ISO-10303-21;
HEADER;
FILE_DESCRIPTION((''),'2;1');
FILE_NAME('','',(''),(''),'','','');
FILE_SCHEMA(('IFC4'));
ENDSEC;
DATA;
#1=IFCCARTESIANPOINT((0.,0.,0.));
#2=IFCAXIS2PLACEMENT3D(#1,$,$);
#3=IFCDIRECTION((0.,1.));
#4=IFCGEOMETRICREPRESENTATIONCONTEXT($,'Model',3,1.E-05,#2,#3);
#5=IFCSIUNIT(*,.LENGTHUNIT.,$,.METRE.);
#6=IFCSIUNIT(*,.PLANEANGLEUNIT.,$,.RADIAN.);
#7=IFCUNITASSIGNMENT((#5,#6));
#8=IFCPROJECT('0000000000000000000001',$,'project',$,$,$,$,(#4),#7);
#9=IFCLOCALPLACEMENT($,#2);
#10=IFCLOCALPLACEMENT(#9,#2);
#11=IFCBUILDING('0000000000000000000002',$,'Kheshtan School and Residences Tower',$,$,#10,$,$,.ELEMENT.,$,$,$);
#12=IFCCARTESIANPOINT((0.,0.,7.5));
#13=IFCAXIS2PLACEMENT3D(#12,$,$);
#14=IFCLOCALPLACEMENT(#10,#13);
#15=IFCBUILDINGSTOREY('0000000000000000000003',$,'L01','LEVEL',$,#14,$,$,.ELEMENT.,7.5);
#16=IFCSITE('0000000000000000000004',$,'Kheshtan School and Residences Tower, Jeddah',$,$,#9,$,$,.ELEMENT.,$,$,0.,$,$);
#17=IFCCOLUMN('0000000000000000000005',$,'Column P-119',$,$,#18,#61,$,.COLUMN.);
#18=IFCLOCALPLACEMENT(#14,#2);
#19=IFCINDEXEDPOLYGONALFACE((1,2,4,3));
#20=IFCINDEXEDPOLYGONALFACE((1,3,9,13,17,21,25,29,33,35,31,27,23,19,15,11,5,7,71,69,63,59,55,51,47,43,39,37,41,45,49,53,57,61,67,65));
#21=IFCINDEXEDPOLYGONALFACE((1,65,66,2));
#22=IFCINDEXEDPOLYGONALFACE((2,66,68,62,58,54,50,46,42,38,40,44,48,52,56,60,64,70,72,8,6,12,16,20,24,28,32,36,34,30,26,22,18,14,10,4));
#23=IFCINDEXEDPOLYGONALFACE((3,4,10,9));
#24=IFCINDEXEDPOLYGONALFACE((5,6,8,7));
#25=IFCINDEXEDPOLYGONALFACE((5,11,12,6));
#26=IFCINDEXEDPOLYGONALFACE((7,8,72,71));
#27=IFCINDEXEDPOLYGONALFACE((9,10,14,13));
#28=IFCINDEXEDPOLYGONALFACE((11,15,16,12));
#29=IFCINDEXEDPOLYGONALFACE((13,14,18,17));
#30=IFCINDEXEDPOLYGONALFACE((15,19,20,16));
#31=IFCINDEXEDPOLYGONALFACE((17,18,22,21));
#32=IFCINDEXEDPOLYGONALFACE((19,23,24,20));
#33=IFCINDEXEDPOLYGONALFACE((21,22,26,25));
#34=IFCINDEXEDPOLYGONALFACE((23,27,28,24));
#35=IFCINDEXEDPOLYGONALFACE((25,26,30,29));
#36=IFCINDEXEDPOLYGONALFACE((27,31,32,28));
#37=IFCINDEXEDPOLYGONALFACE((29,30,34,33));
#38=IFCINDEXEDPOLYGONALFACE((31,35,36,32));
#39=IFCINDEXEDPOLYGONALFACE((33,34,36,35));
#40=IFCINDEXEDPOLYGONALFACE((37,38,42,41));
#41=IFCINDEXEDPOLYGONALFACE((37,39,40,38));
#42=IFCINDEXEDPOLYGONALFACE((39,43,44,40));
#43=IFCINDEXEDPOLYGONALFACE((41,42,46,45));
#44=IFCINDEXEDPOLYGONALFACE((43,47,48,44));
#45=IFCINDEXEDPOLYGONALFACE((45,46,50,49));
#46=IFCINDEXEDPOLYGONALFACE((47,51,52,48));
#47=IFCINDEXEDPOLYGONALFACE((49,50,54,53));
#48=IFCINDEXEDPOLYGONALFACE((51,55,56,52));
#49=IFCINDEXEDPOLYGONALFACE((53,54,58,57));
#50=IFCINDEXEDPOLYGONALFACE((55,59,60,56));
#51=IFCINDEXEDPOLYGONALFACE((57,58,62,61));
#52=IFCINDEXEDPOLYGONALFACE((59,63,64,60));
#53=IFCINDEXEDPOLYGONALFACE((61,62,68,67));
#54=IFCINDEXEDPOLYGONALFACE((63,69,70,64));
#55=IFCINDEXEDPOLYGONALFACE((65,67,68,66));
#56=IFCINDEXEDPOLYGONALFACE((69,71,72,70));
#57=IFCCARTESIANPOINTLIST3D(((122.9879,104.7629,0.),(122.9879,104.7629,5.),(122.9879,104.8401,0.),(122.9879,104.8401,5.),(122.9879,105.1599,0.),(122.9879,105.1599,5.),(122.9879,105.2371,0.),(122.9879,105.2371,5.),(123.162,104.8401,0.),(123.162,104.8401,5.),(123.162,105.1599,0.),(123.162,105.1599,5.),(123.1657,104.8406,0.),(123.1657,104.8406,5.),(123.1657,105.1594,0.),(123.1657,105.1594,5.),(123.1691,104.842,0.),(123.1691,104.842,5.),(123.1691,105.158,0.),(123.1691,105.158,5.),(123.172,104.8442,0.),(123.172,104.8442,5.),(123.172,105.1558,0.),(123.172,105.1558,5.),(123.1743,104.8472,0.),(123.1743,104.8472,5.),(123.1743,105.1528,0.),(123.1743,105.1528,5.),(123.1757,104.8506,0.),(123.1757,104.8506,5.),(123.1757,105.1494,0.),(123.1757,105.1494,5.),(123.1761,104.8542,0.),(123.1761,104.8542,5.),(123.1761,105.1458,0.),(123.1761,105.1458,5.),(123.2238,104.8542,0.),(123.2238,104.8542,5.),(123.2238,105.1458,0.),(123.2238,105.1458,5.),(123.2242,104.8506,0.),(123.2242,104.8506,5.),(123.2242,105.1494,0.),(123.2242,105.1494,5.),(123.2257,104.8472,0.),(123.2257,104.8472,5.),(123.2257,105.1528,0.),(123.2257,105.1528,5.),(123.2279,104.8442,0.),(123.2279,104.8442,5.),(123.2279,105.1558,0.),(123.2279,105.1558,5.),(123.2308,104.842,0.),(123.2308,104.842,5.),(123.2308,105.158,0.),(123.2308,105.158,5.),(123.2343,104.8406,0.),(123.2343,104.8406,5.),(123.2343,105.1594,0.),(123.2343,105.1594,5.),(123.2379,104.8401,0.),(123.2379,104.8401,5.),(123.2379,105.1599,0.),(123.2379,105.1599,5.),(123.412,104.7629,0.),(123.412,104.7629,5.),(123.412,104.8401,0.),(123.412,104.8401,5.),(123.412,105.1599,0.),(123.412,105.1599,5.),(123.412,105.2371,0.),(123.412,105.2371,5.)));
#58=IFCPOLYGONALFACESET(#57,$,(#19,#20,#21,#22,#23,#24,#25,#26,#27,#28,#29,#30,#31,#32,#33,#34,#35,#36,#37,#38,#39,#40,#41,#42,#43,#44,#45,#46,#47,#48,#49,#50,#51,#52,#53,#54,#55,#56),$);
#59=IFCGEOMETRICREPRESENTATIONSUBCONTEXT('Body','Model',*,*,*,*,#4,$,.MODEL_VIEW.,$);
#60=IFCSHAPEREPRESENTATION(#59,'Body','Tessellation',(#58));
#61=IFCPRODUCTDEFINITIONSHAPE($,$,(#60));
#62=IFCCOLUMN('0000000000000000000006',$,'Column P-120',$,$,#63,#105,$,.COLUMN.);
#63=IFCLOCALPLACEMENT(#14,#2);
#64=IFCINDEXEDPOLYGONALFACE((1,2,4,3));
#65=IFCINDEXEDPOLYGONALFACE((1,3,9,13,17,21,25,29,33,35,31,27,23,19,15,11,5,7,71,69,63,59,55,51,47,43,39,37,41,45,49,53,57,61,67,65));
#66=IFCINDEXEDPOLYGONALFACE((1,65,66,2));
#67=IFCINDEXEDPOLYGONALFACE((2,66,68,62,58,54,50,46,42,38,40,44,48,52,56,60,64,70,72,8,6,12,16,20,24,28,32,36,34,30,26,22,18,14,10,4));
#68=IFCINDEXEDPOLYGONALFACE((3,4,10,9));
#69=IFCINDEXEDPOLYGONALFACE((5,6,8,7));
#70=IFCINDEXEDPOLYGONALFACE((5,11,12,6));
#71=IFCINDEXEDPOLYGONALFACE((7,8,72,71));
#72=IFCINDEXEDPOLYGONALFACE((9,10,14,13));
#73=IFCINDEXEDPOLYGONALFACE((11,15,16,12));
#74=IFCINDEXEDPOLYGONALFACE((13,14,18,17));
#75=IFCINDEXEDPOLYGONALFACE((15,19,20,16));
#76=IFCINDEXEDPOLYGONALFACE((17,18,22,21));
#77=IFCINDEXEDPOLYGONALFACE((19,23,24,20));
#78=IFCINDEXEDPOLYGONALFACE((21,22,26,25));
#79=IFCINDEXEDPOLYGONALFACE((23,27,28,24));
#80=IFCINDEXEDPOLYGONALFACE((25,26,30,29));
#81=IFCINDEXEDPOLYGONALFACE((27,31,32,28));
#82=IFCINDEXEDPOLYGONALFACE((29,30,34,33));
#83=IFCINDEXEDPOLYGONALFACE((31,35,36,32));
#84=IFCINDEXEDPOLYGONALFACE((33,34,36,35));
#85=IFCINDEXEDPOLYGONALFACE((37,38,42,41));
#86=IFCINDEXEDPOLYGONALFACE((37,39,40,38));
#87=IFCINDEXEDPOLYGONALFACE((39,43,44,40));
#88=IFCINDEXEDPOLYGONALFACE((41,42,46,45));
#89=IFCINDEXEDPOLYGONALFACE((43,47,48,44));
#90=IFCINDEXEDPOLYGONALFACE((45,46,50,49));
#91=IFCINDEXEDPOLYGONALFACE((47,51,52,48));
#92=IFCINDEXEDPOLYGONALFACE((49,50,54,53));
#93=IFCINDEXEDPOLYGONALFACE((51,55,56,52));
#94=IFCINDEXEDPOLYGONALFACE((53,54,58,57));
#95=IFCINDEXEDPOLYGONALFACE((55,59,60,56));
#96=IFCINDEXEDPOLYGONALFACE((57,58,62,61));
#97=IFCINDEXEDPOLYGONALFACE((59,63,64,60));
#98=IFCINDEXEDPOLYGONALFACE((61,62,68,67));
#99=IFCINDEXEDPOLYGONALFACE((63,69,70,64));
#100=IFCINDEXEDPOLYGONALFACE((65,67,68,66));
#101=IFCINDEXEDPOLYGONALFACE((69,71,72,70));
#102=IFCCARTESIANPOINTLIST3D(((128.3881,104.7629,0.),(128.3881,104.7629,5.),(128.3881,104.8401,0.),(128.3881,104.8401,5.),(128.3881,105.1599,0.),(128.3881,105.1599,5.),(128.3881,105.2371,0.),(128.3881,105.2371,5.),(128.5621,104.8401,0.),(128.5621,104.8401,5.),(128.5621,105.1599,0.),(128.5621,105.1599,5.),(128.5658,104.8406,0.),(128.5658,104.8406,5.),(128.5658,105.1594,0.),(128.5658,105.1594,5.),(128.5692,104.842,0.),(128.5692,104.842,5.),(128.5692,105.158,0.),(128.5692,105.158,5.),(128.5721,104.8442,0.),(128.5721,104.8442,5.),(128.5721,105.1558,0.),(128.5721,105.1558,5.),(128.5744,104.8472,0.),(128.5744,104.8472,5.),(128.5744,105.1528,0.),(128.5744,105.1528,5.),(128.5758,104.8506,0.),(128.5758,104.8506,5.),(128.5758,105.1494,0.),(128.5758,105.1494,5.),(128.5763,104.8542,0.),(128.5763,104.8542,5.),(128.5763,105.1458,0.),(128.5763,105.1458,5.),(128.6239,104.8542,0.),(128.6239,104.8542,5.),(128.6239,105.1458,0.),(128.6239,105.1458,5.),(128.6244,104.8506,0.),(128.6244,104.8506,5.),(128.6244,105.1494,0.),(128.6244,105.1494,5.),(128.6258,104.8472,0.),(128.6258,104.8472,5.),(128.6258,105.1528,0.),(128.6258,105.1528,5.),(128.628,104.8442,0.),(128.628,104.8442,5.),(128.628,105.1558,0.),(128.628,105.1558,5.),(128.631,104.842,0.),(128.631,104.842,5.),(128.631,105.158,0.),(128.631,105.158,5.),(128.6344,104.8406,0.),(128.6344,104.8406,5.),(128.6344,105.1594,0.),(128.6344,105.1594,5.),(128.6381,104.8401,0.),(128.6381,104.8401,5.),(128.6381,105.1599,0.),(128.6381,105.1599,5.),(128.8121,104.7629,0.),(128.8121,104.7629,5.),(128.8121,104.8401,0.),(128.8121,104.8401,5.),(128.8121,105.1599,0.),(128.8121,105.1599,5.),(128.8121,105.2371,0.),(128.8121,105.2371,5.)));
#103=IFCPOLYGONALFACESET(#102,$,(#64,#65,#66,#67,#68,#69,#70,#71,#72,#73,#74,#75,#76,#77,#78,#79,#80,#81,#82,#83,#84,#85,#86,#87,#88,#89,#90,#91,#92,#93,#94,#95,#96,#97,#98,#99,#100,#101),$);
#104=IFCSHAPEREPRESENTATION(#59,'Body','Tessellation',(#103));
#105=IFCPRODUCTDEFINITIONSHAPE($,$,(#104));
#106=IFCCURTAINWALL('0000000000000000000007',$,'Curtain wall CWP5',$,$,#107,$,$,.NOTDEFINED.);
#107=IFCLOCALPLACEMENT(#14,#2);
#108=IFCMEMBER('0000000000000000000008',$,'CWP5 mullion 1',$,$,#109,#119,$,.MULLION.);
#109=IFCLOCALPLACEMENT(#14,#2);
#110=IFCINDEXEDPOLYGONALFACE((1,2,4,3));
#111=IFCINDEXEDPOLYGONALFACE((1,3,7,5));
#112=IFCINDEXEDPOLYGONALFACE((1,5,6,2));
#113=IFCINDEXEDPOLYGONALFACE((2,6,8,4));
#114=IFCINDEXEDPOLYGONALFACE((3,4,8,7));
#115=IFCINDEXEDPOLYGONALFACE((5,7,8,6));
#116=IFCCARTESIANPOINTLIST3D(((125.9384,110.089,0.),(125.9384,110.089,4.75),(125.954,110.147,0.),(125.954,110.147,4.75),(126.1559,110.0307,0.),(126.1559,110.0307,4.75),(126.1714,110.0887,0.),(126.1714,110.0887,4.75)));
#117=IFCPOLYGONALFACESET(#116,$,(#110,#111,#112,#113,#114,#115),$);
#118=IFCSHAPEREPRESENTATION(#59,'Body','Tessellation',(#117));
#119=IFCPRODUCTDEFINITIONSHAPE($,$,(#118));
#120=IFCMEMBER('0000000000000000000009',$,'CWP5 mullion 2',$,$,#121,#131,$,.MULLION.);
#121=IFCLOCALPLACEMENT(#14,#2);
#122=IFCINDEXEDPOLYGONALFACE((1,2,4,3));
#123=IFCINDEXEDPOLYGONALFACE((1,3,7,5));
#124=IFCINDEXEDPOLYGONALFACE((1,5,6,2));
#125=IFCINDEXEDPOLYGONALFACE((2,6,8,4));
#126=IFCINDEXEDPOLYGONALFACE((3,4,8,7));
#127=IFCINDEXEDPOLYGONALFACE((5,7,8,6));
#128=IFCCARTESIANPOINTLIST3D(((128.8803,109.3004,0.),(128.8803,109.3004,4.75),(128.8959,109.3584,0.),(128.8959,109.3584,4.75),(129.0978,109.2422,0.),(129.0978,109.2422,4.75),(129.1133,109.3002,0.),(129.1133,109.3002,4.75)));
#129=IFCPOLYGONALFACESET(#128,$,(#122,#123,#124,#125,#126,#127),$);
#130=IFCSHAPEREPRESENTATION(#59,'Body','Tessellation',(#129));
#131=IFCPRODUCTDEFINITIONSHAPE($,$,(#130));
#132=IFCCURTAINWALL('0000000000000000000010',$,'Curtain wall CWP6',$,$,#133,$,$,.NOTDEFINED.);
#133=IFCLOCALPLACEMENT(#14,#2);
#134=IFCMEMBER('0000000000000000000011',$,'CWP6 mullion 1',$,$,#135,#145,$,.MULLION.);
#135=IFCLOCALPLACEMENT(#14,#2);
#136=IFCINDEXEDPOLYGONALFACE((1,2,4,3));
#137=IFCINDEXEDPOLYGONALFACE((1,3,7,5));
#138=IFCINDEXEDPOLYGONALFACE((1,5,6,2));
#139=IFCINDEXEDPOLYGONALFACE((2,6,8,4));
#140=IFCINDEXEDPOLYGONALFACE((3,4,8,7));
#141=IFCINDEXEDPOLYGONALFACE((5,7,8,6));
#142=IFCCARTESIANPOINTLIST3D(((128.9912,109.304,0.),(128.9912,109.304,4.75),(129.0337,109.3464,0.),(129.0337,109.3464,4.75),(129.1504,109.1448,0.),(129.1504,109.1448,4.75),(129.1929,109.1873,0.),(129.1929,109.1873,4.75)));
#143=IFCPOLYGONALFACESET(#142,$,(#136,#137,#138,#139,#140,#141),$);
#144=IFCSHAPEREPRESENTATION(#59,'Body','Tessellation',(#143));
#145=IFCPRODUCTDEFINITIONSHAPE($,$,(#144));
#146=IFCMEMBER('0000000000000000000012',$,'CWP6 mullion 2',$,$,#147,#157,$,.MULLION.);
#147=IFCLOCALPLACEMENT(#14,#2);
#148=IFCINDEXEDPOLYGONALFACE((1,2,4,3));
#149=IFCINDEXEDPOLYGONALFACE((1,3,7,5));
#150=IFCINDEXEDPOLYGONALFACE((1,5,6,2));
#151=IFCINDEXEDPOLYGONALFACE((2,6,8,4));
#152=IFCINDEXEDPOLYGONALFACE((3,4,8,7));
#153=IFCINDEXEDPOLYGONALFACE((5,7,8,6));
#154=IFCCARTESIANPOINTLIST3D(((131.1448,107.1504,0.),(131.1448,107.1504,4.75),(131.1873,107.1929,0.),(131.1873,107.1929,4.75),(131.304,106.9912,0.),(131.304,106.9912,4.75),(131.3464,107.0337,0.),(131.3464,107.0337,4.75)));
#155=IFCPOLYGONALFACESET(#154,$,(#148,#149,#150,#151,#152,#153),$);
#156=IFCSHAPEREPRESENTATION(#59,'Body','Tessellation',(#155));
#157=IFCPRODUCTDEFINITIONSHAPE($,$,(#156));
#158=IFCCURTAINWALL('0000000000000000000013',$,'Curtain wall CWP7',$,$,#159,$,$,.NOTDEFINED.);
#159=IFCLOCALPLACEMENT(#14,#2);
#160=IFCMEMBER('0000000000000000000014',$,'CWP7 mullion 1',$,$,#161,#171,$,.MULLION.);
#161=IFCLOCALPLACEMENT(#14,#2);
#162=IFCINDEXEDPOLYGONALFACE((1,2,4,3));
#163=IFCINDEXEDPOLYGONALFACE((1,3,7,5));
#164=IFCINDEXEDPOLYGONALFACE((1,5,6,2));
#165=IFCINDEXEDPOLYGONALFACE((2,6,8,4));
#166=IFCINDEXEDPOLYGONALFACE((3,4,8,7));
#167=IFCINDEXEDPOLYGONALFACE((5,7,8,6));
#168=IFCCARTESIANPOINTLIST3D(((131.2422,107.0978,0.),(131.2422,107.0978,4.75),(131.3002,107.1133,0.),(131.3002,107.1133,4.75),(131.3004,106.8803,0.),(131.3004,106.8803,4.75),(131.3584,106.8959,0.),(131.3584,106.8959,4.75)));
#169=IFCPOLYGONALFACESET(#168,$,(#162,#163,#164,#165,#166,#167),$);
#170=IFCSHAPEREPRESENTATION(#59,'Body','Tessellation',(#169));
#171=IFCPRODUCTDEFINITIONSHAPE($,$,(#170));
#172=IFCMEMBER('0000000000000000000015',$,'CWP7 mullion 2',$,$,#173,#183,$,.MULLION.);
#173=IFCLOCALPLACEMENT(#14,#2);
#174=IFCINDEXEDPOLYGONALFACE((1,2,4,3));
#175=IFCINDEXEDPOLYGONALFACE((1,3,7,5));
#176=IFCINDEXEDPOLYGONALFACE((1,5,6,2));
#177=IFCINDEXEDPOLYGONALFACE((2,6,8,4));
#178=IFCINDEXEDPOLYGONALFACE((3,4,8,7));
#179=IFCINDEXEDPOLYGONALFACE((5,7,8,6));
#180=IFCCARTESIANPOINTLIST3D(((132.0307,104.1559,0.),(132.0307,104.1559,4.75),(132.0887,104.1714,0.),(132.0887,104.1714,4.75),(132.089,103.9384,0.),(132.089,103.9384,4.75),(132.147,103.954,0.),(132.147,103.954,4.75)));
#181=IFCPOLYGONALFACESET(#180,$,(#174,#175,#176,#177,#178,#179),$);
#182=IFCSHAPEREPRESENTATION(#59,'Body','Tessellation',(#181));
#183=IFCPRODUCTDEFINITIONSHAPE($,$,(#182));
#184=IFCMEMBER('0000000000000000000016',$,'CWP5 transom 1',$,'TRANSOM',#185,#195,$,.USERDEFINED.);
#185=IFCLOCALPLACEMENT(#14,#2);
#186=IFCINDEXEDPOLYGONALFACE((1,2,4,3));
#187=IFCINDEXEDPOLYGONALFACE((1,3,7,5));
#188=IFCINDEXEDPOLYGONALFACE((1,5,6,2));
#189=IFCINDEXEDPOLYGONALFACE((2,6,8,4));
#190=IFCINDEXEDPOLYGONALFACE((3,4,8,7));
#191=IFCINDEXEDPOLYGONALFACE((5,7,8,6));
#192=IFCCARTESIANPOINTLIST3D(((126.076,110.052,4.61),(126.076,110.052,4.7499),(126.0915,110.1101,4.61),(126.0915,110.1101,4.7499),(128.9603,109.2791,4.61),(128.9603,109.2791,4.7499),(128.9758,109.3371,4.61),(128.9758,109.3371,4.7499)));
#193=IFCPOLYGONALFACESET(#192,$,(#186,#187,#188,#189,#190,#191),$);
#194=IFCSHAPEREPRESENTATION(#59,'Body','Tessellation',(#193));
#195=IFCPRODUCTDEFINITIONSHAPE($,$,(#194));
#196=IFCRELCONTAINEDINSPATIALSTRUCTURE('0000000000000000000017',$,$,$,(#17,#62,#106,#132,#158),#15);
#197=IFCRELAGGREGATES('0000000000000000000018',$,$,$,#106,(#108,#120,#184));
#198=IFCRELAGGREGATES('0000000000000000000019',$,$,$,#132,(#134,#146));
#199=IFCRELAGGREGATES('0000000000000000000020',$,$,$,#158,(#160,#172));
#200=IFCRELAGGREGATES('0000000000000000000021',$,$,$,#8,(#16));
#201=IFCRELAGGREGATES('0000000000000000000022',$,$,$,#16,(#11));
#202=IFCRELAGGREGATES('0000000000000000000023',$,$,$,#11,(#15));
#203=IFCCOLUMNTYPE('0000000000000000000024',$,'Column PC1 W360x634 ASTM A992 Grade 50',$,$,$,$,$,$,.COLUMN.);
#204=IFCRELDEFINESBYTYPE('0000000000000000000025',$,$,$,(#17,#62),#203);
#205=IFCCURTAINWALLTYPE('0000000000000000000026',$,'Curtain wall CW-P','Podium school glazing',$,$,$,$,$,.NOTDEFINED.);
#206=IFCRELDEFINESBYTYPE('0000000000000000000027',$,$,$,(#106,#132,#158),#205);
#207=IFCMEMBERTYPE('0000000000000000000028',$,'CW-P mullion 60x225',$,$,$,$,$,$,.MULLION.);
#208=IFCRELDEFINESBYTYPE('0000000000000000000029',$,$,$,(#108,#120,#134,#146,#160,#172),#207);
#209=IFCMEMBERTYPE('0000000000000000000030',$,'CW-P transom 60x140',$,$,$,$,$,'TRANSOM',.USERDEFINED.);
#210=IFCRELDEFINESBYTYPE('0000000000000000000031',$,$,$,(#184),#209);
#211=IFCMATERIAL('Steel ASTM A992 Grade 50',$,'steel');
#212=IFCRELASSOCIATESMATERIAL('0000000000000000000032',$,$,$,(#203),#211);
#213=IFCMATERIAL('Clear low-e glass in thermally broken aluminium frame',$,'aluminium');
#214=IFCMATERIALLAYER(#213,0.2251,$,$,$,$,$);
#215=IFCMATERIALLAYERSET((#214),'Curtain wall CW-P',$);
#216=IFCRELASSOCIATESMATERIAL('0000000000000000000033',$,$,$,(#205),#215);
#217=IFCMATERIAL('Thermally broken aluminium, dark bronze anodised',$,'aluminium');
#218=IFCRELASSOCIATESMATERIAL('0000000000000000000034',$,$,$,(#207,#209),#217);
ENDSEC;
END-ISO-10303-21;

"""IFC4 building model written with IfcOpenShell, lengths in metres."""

from ifc_helpers import new_model, si_unit, direction, frame, origin, origin_2d, place, context, subcontext, project, spatial, rectangle, i_section, extrude, material, layer, layer_set, material_profile, profile_set, type_object, element, aggregate, save


model = new_model("IFC4")

# Units and contexts
model_context = context("Model", 3, precision=1e-05, world=origin(), true_north=direction((0.0, 1.0)))
body_context = subcontext(model_context, "Body", "Model", "MODEL_VIEW")
ifc_project = project(units=[si_unit("LENGTHUNIT", "METRE"), si_unit("PLANEANGLEUNIT", "RADIAN")], contexts=[model_context])

# Site, building, storey
site_placement = place(None, origin())
site = spatial("IfcSite", under=ifc_project, at=site_placement, Name="Kheshtan School and Residences Tower, Jeddah", CompositionType="ELEMENT", RefElevation=0.0)
building_placement = place(site_placement, origin())
building = spatial("IfcBuilding", under=site, at=building_placement, Name="Kheshtan School and Residences Tower", CompositionType="ELEMENT")
storey_placement = place(building_placement, frame((0.0, 0.0, 7.5)))
storey = spatial("IfcBuildingStorey", under=building, at=storey_placement, Name="L01", Description="LEVEL", CompositionType="ELEMENT", Elevation=7.5)

# Columns
ifc_material_1 = material(Name="Steel ASTM A992 Grade 50", Category="steel")
ifc_material_profile_1 = material_profile(ifc_material_1, i_section(OverallWidth=0.4241, OverallDepth=0.4741, WebThickness=0.0476, FlangeThickness=0.0771, FilletRadius=0.0142, at=origin_2d()), Name="W360x634")
ifc_profile_set_1 = profile_set([ifc_material_profile_1], Name="Steel ASTM A992 Grade 50")
column_type = type_object("IfcColumnType", Name="Column PC1 W360x634 ASTM A992 Grade 50", PredefinedType="COLUMN", material=ifc_profile_set_1)
for number, where, z_axis, x_axis, name in (
    (1, (123.2, 105.0, 0.0), (0.0, 0.0, 1.0), (1.0, 0.0, 0.0), "Column P-119"),
    (2, (128.6001, 105.0, 0.0), (0.0, 0.0, 1.0), (1.0, 0.0, 0.0), "Column P-120"),
):
    element("IfcColumn", number, at=place(storey_placement, frame(where, z_axis=z_axis, x_axis=x_axis)), inside=storey, type_object=column_type, Name=name, PredefinedType="COLUMN", context=body_context, shape_type="SweptSolid", body=[
        extrude(i_section(OverallWidth=0.4241, OverallDepth=0.4741, WebThickness=0.0476, FlangeThickness=0.0771, FilletRadius=0.0142, at=origin_2d()), origin(), (0.0, 0.0, 1.0), 5.0),
    ])

# Curtain walls, members
ifc_material_2 = material(Name="Clear low-e glass in thermally broken aluminium frame", Category="aluminium")
ifc_layer_1 = layer(ifc_material_2, 0.2251)
ifc_layer_set_1 = layer_set([ifc_layer_1], Name="Curtain wall CW-P")
curtain_wall_type = type_object("IfcCurtainWallType", Name="Curtain wall CW-P", Description="Podium school glazing", PredefinedType="NOTDEFINED", material=ifc_layer_set_1)
curtain_wall_1_placement = place(storey_placement, origin())
curtain_wall_1 = element("IfcCurtainWall", 3, at=curtain_wall_1_placement, inside=storey, type_object=curtain_wall_type, Name="Curtain wall CWP5", PredefinedType="NOTDEFINED")
ifc_material_3 = material(Name="Thermally broken aluminium, dark bronze anodised", Category="aluminium")
ifc_material_profile_2 = material_profile(ifc_material_3, rectangle(XDim=0.0601, YDim=0.2251, at=origin_2d()), Name="CW-P mullion 60x225")
ifc_profile_set_2 = profile_set([ifc_material_profile_2], Name="Thermally broken aluminium, dark bronze anodised")
member_type_1 = type_object("IfcMemberType", Name="CW-P mullion 60x225", PredefinedType="MULLION", material=ifc_profile_set_2)
member_1_placement = place(storey_placement, frame((126.0549, 110.0889, 0.0), z_axis=(0.0, 0.0, 1.0), x_axis=(0.258865, 0.965914, 0.0)))
member_1 = element("IfcMember", 4, at=member_1_placement, type_object=member_type_1, Name="CWP5 mullion 1", PredefinedType="MULLION", context=body_context, shape_type="SweptSolid", body=[
    extrude(rectangle(XDim=0.0601, YDim=0.2251, at=origin_2d()), origin(), (0.0, 0.0, 1.0), 4.75),
])
member_2_placement = place(storey_placement, frame((128.9968, 109.3003, 0.0), z_axis=(0.0, 0.0, 1.0), x_axis=(0.258865, 0.965914, 0.0)))
member_2 = element("IfcMember", 5, at=member_2_placement, type_object=member_type_1, Name="CWP5 mullion 2", PredefinedType="MULLION", context=body_context, shape_type="SweptSolid", body=[
    extrude(rectangle(XDim=0.0601, YDim=0.2251, at=origin_2d()), origin(), (0.0, 0.0, 1.0), 4.75),
])
curtain_wall_2_placement = place(storey_placement, origin())
curtain_wall_2 = element("IfcCurtainWall", 6, at=curtain_wall_2_placement, inside=storey, type_object=curtain_wall_type, Name="Curtain wall CWP6", PredefinedType="NOTDEFINED")
member_3_placement = place(storey_placement, frame((129.092, 109.2456, 0.0), z_axis=(0.0, 0.0, 1.0), x_axis=(0.707107, 0.707107, 0.0)))
member_3 = element("IfcMember", 7, at=member_3_placement, type_object=member_type_1, Name="CWP6 mullion 1", PredefinedType="MULLION", context=body_context, shape_type="SweptSolid", body=[
    extrude(rectangle(XDim=0.0601, YDim=0.2251, at=origin_2d()), origin(), (0.0, 0.0, 1.0), 4.75),
])
member_4_placement = place(storey_placement, frame((131.2456, 107.092, 0.0), z_axis=(0.0, 0.0, 1.0), x_axis=(0.707107, 0.707107, 0.0)))
member_4 = element("IfcMember", 8, at=member_4_placement, type_object=member_type_1, Name="CWP6 mullion 2", PredefinedType="MULLION", context=body_context, shape_type="SweptSolid", body=[
    extrude(rectangle(XDim=0.0601, YDim=0.2251, at=origin_2d()), origin(), (0.0, 0.0, 1.0), 4.75),
])
curtain_wall_3_placement = place(storey_placement, origin())
curtain_wall_3 = element("IfcCurtainWall", 9, at=curtain_wall_3_placement, inside=storey, type_object=curtain_wall_type, Name="Curtain wall CWP7", PredefinedType="NOTDEFINED")
member_5_placement = place(storey_placement, frame((131.3003, 106.9968, 0.0), z_axis=(0.0, 0.0, 1.0), x_axis=(0.965914, 0.258865, 0.0)))
member_5 = element("IfcMember", 10, at=member_5_placement, type_object=member_type_1, Name="CWP7 mullion 1", PredefinedType="MULLION", context=body_context, shape_type="SweptSolid", body=[
    extrude(rectangle(XDim=0.0601, YDim=0.2251, at=origin_2d()), origin(), (0.0, 0.0, 1.0), 4.75),
])
member_6_placement = place(storey_placement, frame((132.0889, 104.0549, 0.0), z_axis=(0.0, 0.0, 1.0), x_axis=(0.965914, 0.258865, 0.0)))
member_6 = element("IfcMember", 11, at=member_6_placement, type_object=member_type_1, Name="CWP7 mullion 2", PredefinedType="MULLION", context=body_context, shape_type="SweptSolid", body=[
    extrude(rectangle(XDim=0.0601, YDim=0.2251, at=origin_2d()), origin(), (0.0, 0.0, 1.0), 4.75),
])

# Member
ifc_material_profile_3 = material_profile(ifc_material_3, rectangle(XDim=0.0601, YDim=0.1399, at=origin_2d()), Name="CW-P transom 60x140")
ifc_profile_set_3 = profile_set([ifc_material_profile_3], Name="Thermally broken aluminium, dark bronze anodised")
member_type_2 = type_object("IfcMemberType", Name="CW-P transom 60x140", ElementType="TRANSOM", PredefinedType="USERDEFINED", material=ifc_profile_set_3)
member_7_placement = place(storey_placement, frame((126.0837, 110.0811, 4.6799), z_axis=(0.965917, -0.258853, 0.0), x_axis=(0.258853, 0.965917, 0.0)))
member_7 = element("IfcMember", 12, at=member_7_placement, type_object=member_type_2, Name="CWP5 transom 1", ObjectType="TRANSOM", PredefinedType="USERDEFINED", context=body_context, shape_type="SweptSolid", body=[
    extrude(rectangle(XDim=0.0601, YDim=0.1399, at=origin_2d()), origin(), (0.0, 0.0, 1.0), 2.9861),
])

aggregate(curtain_wall_1, [member_1, member_2, member_7])
aggregate(curtain_wall_2, [member_3, member_4])
aggregate(curtain_wall_3, [member_5, member_6])

save(model, "model.ifc")
